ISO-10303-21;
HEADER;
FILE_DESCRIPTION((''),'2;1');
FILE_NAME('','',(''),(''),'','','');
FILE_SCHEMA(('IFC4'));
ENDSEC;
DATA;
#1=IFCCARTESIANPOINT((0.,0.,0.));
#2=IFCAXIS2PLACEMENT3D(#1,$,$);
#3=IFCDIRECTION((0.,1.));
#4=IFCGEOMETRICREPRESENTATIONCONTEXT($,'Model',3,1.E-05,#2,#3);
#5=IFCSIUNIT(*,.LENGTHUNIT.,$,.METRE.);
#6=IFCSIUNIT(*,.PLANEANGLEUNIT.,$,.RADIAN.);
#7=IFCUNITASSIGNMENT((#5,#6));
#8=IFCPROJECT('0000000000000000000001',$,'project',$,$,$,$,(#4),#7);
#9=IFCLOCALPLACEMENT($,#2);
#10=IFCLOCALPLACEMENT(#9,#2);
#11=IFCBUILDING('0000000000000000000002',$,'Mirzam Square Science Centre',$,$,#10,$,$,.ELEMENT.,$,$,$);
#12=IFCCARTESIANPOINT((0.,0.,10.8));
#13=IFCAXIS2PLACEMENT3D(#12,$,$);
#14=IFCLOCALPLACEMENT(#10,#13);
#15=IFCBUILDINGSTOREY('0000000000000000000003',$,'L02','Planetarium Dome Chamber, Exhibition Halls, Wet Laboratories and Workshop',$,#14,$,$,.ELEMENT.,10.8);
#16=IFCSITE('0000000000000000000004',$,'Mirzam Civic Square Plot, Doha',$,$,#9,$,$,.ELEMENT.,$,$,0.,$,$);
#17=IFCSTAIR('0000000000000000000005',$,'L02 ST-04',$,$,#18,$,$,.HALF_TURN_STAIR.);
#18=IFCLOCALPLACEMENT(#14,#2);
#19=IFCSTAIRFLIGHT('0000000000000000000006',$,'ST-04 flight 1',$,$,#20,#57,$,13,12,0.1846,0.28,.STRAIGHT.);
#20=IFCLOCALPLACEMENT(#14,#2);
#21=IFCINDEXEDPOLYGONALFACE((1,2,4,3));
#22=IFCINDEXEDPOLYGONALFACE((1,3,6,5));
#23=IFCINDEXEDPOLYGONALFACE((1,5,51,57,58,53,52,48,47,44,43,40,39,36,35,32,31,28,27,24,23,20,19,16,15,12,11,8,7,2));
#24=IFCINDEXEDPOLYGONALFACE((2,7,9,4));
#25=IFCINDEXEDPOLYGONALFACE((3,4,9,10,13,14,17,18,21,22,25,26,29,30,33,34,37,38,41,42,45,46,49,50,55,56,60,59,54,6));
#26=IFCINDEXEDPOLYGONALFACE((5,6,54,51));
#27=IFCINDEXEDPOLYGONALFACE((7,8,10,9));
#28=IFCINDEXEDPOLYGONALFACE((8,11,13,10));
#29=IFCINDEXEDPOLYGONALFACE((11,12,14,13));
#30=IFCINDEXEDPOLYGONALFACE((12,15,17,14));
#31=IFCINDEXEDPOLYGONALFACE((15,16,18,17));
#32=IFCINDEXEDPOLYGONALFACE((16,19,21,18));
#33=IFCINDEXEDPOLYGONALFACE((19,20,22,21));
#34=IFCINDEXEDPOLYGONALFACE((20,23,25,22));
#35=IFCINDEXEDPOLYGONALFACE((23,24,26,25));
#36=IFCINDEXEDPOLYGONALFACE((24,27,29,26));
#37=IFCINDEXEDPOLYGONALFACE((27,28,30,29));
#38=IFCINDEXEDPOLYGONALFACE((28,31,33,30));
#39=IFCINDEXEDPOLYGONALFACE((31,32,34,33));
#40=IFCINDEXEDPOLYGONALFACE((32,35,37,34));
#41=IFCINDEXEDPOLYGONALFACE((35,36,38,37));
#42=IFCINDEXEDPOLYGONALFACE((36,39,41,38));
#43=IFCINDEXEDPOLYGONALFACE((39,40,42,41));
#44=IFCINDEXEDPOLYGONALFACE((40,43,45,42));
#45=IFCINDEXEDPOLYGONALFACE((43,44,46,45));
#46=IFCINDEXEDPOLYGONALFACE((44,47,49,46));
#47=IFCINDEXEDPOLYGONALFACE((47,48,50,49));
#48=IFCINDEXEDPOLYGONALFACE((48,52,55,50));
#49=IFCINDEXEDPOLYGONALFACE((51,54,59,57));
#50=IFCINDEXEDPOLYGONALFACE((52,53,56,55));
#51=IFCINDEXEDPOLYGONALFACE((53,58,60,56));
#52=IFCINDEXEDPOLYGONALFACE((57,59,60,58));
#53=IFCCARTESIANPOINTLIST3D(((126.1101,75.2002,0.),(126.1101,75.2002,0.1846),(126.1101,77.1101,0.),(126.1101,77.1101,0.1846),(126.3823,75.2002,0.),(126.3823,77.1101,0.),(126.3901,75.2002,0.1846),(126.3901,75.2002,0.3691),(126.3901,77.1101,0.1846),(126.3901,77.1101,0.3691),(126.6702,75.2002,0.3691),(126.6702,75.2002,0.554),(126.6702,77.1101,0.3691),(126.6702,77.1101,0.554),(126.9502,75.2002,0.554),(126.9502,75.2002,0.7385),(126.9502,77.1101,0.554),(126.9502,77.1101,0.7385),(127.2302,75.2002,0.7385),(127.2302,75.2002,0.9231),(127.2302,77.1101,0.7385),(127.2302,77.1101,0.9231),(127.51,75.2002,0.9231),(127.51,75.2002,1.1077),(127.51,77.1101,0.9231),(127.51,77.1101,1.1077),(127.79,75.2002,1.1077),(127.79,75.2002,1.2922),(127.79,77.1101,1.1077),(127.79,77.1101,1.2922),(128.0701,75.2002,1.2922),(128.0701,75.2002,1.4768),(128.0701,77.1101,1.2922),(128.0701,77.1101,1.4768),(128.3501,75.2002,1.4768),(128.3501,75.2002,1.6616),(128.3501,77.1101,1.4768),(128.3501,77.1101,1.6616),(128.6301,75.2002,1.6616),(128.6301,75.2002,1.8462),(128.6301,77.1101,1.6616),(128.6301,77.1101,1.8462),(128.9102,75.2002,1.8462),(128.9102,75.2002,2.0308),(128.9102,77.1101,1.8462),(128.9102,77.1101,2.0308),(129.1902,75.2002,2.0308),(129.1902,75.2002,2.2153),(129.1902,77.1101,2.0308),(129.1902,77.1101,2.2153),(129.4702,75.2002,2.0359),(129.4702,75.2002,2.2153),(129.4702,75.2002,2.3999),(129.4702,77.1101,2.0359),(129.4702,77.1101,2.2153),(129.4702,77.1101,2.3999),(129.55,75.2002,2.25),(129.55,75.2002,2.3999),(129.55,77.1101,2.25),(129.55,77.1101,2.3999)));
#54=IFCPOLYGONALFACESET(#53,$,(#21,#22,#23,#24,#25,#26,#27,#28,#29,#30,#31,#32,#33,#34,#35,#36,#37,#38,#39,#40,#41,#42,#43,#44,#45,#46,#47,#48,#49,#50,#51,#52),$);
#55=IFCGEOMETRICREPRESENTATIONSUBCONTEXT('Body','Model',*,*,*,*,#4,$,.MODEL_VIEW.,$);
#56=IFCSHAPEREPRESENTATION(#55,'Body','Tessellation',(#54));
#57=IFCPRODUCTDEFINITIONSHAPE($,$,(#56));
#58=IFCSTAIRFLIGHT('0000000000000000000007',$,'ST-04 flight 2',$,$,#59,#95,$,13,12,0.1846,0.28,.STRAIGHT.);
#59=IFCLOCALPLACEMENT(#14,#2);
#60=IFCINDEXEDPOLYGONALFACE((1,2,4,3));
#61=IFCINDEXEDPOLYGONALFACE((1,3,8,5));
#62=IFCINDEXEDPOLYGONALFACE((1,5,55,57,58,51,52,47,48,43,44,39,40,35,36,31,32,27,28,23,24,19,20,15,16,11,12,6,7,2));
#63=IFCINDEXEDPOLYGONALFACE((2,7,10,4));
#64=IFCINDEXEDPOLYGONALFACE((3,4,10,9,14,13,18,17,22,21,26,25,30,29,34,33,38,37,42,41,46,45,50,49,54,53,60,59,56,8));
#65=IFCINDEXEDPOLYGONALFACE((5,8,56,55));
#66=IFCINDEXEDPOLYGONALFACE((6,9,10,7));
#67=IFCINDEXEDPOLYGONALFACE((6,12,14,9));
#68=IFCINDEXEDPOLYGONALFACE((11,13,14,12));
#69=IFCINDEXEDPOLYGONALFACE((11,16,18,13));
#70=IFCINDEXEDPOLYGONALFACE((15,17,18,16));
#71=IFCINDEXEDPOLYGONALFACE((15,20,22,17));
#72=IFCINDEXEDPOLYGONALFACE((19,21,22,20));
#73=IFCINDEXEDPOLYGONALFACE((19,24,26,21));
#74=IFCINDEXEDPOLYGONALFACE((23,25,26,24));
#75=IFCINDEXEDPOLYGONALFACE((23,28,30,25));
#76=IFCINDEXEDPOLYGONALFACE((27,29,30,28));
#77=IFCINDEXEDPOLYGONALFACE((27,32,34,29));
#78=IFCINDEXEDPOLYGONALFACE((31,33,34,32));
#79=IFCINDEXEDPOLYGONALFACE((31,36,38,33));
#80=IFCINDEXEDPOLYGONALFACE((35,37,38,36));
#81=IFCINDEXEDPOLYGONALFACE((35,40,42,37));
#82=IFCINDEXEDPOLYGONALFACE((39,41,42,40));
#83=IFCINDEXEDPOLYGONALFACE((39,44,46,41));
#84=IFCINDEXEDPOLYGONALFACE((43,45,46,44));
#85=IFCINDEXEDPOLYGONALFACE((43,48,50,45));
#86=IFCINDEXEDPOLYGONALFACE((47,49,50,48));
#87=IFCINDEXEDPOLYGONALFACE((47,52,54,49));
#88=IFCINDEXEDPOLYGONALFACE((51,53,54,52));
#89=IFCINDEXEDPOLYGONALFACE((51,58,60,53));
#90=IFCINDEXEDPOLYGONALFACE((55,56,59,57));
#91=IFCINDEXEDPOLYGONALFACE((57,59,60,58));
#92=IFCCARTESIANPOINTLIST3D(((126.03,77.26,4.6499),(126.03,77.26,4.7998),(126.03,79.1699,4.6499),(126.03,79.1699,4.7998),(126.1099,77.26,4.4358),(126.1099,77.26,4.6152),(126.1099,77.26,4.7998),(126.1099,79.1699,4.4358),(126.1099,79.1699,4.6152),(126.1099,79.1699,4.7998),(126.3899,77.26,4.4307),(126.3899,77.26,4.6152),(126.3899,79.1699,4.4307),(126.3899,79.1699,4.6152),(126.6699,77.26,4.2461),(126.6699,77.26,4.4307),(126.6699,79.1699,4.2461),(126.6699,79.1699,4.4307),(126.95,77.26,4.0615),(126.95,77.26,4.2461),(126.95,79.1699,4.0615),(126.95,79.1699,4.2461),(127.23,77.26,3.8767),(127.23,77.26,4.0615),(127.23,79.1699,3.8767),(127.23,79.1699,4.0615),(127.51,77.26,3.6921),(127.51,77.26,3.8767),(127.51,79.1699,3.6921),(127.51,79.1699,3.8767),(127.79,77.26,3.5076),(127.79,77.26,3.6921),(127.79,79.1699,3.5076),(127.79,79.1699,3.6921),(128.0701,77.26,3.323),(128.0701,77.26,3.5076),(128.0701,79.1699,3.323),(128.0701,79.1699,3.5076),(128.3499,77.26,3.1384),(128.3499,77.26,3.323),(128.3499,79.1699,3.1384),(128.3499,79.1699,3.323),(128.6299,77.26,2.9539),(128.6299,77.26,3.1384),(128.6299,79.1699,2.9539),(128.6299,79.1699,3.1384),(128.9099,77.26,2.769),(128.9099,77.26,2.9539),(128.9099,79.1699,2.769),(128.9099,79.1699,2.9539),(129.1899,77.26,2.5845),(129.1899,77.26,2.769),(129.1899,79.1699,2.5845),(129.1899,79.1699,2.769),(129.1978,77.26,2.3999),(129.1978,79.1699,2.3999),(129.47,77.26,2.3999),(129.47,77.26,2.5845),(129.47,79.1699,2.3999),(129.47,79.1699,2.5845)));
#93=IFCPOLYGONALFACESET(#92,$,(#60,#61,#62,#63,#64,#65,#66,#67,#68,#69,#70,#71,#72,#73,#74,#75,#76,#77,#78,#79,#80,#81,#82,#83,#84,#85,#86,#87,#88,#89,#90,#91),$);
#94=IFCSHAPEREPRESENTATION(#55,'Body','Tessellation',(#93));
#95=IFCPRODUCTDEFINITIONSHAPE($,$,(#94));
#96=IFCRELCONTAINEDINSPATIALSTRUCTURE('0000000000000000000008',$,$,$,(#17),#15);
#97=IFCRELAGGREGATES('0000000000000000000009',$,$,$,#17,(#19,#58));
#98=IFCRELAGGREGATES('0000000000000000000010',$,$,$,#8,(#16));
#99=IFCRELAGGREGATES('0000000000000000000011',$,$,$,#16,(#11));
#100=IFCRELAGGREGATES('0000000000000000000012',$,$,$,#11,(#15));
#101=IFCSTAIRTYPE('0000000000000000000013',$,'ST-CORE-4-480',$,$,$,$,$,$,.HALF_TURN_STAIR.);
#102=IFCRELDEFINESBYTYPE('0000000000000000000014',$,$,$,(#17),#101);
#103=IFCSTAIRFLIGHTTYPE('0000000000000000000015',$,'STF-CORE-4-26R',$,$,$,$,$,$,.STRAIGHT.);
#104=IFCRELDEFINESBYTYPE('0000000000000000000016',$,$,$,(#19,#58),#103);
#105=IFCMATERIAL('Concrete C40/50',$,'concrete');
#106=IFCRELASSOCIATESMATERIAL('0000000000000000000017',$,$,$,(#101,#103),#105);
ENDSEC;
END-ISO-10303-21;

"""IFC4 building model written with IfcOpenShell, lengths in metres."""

from ifc_helpers import new_model, si_unit, direction, frame, origin, place, context, subcontext, project, spatial, polyline, outline, extrude, material, type_object, element, aggregate, save


model = new_model("IFC4")

# Units and contexts
model_context = context("Model", 3, precision=1e-05, world=origin(), true_north=direction((0.0, 1.0)))
body_context = subcontext(model_context, "Body", "Model", "MODEL_VIEW")
ifc_project = project(units=[si_unit("LENGTHUNIT", "METRE"), si_unit("PLANEANGLEUNIT", "RADIAN")], contexts=[model_context])

# Site, building, storey
site_placement = place(None, origin())
site = spatial("IfcSite", under=ifc_project, at=site_placement, Name="Mirzam Civic Square Plot, Doha", CompositionType="ELEMENT", RefElevation=0.0)
building_placement = place(site_placement, origin())
building = spatial("IfcBuilding", under=site, at=building_placement, Name="Mirzam Square Science Centre", CompositionType="ELEMENT")
storey_placement = place(building_placement, frame((0.0, 0.0, 10.8)))
storey = spatial("IfcBuildingStorey", under=building, at=storey_placement, Name="L02", Description="Planetarium Dome Chamber, Exhibition Halls, Wet Laboratories and Workshop", CompositionType="ELEMENT", Elevation=10.8)

# Stair, stair flights
ifc_material_1 = material(Name="Concrete C40/50", Category="concrete")
stair_type = type_object("IfcStairType", Name="ST-CORE-4-480", PredefinedType="HALF_TURN_STAIR", material=ifc_material_1)
stair_placement = place(storey_placement, origin())
stair = element("IfcStair", 1, at=stair_placement, inside=storey, type_object=stair_type, Name="L02 ST-04", PredefinedType="HALF_TURN_STAIR")
stair_flight_type = type_object("IfcStairFlightType", Name="STF-CORE-4-26R", PredefinedType="STRAIGHT", material=ifc_material_1)
stair_flight_1_placement = place(storey_placement, frame((126.1101, 76.155, 0.0), z_axis=(0.0, 0.0, 1.0), x_axis=(1.0, 0.0, 0.0)))
stair_flight_1 = element("IfcStairFlight", 2, at=stair_flight_1_placement, type_object=stair_flight_type, Name="ST-04 flight 1", NumberOfRisers=13, NumberOfTreads=12, PredefinedType="STRAIGHT", RiserHeight=0.1846, TreadLength=0.28, context=body_context, shape_type="SweptSolid", body=[
    extrude(outline(polyline([(0.0, 0.0), (0.0, 0.1846), (0.28, 0.1846), (0.28, 0.3691), (0.5601, 0.3691), (0.5601, 0.554), (0.8401, 0.554), (0.8401, 0.7385), (1.1201, 0.7385), (1.1201, 0.9231), (1.3999, 0.9231), (1.3999, 1.1077), (1.6799, 1.1077), (1.6799, 1.2922), (1.96, 1.2922), (1.96, 1.4768), (2.24, 1.4768), (2.24, 1.6616), (2.52, 1.6616), (2.52, 1.8462), (2.8, 1.8462), (2.8, 2.0308), (3.0801, 2.0308), (3.0801, 2.2153), (3.3601, 2.2153), (3.3601, 2.3999), (3.4399, 2.3999), (3.4399, 2.25), (3.3601, 2.0359), (0.2722, 0.0), (0.0, 0.0)])), frame((0.0, 0.9551, 0.0), z_axis=(0.0, -1.0, 0.0), x_axis=(1.0, 0.0, 0.0)), (0.0, 0.0, 1.0), 1.9099),
])
stair_flight_2_placement = place(storey_placement, frame((129.47, 78.2151, 2.3999), z_axis=(0.0, 0.0, 1.0), x_axis=(-1.0, 0.0, 0.0)))
stair_flight_2 = element("IfcStairFlight", 3, at=stair_flight_2_placement, type_object=stair_flight_type, Name="ST-04 flight 2", NumberOfRisers=13, NumberOfTreads=12, PredefinedType="STRAIGHT", RiserHeight=0.1846, TreadLength=0.28, context=body_context, shape_type="SweptSolid", body=[
    extrude(outline(polyline([(0.0, 0.0), (0.0, 0.1846), (0.28, 0.1846), (0.28, 0.3691), (0.5601, 0.3691), (0.5601, 0.554), (0.8401, 0.554), (0.8401, 0.7385), (1.1201, 0.7385), (1.1201, 0.9231), (1.3999, 0.9231), (1.3999, 1.1077), (1.6799, 1.1077), (1.6799, 1.2922), (1.96, 1.2922), (1.96, 1.4768), (2.24, 1.4768), (2.24, 1.6616), (2.52, 1.6616), (2.52, 1.8462), (2.8, 1.8462), (2.8, 2.0308), (3.0801, 2.0308), (3.0801, 2.2153), (3.3601, 2.2153), (3.3601, 2.3999), (3.4399, 2.3999), (3.4399, 2.25), (3.3601, 2.0359), (0.2722, 0.0), (0.0, 0.0)])), frame((0.0, 0.9551, 0.0), z_axis=(0.0, -1.0, 0.0), x_axis=(1.0, 0.0, 0.0)), (0.0, 0.0, 1.0), 1.9099),
])
aggregate(stair, [stair_flight_1, stair_flight_2])

save(model, "model.ifc")
